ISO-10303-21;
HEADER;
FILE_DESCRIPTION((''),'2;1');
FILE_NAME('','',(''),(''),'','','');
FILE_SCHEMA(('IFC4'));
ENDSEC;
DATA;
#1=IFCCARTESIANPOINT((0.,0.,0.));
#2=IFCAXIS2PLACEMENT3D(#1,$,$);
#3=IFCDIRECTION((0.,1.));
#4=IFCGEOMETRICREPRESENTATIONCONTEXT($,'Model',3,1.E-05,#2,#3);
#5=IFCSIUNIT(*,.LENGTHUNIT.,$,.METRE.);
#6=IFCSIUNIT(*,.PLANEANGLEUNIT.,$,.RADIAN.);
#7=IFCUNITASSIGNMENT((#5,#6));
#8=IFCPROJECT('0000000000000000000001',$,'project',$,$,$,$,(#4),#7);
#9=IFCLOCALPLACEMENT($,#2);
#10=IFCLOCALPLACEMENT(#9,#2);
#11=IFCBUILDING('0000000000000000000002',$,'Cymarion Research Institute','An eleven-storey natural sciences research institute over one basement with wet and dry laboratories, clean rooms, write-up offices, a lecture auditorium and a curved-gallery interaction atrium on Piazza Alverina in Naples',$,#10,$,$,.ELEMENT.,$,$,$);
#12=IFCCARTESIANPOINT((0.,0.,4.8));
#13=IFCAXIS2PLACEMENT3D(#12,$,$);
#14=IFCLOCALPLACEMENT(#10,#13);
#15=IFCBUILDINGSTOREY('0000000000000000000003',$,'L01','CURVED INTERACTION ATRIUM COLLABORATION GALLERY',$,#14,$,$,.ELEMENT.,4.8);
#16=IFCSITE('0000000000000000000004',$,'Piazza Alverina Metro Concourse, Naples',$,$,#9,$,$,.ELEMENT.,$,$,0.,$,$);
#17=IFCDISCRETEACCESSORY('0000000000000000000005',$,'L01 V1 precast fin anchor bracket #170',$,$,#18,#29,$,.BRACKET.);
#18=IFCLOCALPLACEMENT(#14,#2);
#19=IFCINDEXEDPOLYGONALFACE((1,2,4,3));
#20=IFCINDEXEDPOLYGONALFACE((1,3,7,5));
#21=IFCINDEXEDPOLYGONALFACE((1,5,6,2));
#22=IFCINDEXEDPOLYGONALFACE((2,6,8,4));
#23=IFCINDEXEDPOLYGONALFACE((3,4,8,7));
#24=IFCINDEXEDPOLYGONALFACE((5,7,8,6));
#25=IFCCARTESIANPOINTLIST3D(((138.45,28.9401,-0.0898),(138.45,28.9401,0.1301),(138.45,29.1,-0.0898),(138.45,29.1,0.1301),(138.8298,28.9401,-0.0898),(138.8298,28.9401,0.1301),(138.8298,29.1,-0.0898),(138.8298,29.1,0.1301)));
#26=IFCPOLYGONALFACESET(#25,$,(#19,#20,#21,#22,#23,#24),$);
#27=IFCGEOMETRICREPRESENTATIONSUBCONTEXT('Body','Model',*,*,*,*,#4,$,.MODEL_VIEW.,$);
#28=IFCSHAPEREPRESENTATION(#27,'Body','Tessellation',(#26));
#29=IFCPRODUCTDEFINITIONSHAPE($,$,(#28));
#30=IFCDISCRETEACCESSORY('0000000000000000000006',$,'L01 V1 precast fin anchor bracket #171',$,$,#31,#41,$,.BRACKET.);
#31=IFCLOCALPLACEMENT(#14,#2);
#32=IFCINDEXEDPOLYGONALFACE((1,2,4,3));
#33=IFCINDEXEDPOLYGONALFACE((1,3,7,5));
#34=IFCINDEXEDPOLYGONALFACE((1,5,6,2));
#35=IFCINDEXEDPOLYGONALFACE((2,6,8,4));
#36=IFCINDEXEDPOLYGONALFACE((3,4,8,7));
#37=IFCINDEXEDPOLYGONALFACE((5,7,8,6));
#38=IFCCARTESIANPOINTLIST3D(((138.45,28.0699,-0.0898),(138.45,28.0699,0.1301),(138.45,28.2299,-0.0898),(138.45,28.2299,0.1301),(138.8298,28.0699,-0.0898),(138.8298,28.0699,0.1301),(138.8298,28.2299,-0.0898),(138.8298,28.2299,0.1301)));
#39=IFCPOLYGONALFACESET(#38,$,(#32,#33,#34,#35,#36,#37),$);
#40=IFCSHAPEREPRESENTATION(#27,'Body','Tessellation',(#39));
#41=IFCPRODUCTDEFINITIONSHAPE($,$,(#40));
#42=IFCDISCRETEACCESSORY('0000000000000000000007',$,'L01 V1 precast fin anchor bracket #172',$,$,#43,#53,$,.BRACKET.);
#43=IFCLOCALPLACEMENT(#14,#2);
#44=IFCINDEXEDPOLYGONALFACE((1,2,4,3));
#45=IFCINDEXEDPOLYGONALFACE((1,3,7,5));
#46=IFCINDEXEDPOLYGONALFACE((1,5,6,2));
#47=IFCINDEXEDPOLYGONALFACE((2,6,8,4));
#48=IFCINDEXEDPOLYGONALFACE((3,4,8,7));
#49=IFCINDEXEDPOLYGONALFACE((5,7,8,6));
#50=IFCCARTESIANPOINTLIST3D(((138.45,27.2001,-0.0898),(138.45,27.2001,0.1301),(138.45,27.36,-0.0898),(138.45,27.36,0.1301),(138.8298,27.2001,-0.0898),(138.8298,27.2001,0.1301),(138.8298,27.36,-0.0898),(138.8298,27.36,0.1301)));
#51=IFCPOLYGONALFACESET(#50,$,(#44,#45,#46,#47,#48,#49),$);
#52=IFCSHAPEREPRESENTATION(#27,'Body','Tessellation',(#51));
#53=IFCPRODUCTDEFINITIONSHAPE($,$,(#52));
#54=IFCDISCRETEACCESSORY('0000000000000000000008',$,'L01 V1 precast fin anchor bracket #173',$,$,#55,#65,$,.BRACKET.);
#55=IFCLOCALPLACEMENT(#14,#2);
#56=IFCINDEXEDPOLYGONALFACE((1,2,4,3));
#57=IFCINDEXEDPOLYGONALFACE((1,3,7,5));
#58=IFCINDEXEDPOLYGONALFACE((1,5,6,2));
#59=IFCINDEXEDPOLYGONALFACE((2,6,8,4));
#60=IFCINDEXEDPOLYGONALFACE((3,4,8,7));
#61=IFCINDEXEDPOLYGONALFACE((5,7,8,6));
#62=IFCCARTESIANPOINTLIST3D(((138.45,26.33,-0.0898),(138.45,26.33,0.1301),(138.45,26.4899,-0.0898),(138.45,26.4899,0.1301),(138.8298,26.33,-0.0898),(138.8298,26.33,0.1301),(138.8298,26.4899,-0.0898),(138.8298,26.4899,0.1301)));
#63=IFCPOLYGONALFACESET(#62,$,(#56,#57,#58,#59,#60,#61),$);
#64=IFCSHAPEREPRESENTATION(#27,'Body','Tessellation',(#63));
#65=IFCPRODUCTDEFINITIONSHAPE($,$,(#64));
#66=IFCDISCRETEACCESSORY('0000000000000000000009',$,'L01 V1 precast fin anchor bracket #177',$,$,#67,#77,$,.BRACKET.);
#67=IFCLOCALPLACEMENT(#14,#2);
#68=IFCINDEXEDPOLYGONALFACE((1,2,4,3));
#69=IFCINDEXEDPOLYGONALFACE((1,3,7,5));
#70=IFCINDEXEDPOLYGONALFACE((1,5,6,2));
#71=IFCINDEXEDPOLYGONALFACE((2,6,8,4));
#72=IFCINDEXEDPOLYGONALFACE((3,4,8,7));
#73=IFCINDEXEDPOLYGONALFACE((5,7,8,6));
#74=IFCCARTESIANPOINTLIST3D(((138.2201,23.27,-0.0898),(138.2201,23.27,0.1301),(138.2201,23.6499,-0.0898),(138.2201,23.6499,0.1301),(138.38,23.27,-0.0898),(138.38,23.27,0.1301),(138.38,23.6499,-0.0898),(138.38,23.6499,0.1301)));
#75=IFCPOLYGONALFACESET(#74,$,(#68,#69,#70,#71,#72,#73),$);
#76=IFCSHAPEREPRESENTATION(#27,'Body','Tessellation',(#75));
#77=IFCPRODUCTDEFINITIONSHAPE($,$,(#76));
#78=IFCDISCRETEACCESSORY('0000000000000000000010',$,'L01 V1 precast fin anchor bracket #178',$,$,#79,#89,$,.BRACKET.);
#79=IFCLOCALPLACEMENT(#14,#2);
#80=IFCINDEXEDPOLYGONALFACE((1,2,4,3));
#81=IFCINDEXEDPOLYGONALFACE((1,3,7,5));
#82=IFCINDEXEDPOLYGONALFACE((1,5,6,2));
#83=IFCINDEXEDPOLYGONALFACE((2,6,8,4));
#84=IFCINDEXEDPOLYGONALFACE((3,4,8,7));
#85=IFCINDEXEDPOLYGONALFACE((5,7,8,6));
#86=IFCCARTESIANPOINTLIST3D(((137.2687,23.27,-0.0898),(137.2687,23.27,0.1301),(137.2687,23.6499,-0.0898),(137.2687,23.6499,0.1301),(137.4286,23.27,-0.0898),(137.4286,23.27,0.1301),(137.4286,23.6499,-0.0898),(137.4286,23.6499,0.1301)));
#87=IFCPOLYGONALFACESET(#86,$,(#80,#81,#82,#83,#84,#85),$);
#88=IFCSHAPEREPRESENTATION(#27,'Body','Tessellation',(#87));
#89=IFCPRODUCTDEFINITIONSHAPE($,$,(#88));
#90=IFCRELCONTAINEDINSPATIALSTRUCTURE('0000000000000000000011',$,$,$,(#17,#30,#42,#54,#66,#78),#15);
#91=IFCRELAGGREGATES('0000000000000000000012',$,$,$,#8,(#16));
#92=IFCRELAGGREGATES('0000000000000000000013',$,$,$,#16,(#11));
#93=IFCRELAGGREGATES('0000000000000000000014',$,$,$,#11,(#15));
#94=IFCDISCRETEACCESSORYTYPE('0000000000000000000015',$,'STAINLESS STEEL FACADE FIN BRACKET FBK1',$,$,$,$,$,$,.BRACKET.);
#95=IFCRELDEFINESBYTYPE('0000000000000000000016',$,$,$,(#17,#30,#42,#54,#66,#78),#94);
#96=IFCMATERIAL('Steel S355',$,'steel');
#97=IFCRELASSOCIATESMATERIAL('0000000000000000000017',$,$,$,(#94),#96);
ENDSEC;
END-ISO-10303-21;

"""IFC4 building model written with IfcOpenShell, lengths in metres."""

from ifc_helpers import new_model, si_unit, direction, frame, origin, origin_2d, place, context, subcontext, project, spatial, rectangle, extrude, material, type_object, element, save


model = new_model("IFC4")

# Units and contexts
model_context = context("Model", 3, precision=1e-05, world=origin(), true_north=direction((0.0, 1.0)))
body_context = subcontext(model_context, "Body", "Model", "MODEL_VIEW")
ifc_project = project(units=[si_unit("LENGTHUNIT", "METRE"), si_unit("PLANEANGLEUNIT", "RADIAN")], contexts=[model_context])

# Site, building, storey
site_placement = place(None, origin())
site = spatial("IfcSite", under=ifc_project, at=site_placement, Name="Piazza Alverina Metro Concourse, Naples", CompositionType="ELEMENT", RefElevation=0.0)
building_placement = place(site_placement, origin())
building = spatial("IfcBuilding", under=site, at=building_placement, Name="Cymarion Research Institute", Description="An eleven-storey natural sciences research institute over one basement with wet and dry laboratories, clean rooms, write-up offices, a lecture auditorium and a curved-gallery interaction atrium on Piazza Alverina in Naples", CompositionType="ELEMENT")
storey_placement = place(building_placement, frame((0.0, 0.0, 4.8)))
storey = spatial("IfcBuildingStorey", under=building, at=storey_placement, Name="L01", Description="CURVED INTERACTION ATRIUM COLLABORATION GALLERY", CompositionType="ELEMENT", Elevation=4.8)

# Shared definitions
ifc_material_1 = material(Name="Steel S355", Category="steel")

# Discrete accessories
discrete_accessory_type = type_object("IfcDiscreteAccessoryType", Name="STAINLESS STEEL FACADE FIN BRACKET FBK1", PredefinedType="BRACKET", material=ifc_material_1)
for number, where, z_axis, x_axis, name in (
    (1, (138.6399, 29.02, -0.0898), (0.0, 0.0, 1.0), (-1.0, 0.0, 0.0), "L01 V1 precast fin anchor bracket #170"),
    (2, (138.6399, 28.1499, -0.0898), (0.0, 0.0, 1.0), (-1.0, 0.0, 0.0), "L01 V1 precast fin anchor bracket #171"),
    (3, (138.6399, 27.28, -0.0898), (0.0, 0.0, 1.0), (-1.0, 0.0, 0.0), "L01 V1 precast fin anchor bracket #172"),
    (4, (138.6399, 26.4099, -0.0898), (0.0, 0.0, 1.0), (-1.0, 0.0, 0.0), "L01 V1 precast fin anchor bracket #173"),
    (5, (138.3, 23.46, -0.0898), (0.0, 0.0, 1.0), (0.0, 1.0, 0.0), "L01 V1 precast fin anchor bracket #177"),
    (6, (137.3486, 23.46, -0.0898), (0.0, 0.0, 1.0), (0.0, 1.0, 0.0), "L01 V1 precast fin anchor bracket #178"),
):
    element("IfcDiscreteAccessory", number, at=place(storey_placement, frame(where, z_axis=z_axis, x_axis=x_axis)), inside=storey, type_object=discrete_accessory_type, Name=name, PredefinedType="BRACKET", context=body_context, shape_type="SweptSolid", body=[
        extrude(rectangle(XDim=0.3799, YDim=0.1599, at=origin_2d()), origin(), (0.0, 0.0, 1.0), 0.22),
    ])

save(model, "model.ifc")
